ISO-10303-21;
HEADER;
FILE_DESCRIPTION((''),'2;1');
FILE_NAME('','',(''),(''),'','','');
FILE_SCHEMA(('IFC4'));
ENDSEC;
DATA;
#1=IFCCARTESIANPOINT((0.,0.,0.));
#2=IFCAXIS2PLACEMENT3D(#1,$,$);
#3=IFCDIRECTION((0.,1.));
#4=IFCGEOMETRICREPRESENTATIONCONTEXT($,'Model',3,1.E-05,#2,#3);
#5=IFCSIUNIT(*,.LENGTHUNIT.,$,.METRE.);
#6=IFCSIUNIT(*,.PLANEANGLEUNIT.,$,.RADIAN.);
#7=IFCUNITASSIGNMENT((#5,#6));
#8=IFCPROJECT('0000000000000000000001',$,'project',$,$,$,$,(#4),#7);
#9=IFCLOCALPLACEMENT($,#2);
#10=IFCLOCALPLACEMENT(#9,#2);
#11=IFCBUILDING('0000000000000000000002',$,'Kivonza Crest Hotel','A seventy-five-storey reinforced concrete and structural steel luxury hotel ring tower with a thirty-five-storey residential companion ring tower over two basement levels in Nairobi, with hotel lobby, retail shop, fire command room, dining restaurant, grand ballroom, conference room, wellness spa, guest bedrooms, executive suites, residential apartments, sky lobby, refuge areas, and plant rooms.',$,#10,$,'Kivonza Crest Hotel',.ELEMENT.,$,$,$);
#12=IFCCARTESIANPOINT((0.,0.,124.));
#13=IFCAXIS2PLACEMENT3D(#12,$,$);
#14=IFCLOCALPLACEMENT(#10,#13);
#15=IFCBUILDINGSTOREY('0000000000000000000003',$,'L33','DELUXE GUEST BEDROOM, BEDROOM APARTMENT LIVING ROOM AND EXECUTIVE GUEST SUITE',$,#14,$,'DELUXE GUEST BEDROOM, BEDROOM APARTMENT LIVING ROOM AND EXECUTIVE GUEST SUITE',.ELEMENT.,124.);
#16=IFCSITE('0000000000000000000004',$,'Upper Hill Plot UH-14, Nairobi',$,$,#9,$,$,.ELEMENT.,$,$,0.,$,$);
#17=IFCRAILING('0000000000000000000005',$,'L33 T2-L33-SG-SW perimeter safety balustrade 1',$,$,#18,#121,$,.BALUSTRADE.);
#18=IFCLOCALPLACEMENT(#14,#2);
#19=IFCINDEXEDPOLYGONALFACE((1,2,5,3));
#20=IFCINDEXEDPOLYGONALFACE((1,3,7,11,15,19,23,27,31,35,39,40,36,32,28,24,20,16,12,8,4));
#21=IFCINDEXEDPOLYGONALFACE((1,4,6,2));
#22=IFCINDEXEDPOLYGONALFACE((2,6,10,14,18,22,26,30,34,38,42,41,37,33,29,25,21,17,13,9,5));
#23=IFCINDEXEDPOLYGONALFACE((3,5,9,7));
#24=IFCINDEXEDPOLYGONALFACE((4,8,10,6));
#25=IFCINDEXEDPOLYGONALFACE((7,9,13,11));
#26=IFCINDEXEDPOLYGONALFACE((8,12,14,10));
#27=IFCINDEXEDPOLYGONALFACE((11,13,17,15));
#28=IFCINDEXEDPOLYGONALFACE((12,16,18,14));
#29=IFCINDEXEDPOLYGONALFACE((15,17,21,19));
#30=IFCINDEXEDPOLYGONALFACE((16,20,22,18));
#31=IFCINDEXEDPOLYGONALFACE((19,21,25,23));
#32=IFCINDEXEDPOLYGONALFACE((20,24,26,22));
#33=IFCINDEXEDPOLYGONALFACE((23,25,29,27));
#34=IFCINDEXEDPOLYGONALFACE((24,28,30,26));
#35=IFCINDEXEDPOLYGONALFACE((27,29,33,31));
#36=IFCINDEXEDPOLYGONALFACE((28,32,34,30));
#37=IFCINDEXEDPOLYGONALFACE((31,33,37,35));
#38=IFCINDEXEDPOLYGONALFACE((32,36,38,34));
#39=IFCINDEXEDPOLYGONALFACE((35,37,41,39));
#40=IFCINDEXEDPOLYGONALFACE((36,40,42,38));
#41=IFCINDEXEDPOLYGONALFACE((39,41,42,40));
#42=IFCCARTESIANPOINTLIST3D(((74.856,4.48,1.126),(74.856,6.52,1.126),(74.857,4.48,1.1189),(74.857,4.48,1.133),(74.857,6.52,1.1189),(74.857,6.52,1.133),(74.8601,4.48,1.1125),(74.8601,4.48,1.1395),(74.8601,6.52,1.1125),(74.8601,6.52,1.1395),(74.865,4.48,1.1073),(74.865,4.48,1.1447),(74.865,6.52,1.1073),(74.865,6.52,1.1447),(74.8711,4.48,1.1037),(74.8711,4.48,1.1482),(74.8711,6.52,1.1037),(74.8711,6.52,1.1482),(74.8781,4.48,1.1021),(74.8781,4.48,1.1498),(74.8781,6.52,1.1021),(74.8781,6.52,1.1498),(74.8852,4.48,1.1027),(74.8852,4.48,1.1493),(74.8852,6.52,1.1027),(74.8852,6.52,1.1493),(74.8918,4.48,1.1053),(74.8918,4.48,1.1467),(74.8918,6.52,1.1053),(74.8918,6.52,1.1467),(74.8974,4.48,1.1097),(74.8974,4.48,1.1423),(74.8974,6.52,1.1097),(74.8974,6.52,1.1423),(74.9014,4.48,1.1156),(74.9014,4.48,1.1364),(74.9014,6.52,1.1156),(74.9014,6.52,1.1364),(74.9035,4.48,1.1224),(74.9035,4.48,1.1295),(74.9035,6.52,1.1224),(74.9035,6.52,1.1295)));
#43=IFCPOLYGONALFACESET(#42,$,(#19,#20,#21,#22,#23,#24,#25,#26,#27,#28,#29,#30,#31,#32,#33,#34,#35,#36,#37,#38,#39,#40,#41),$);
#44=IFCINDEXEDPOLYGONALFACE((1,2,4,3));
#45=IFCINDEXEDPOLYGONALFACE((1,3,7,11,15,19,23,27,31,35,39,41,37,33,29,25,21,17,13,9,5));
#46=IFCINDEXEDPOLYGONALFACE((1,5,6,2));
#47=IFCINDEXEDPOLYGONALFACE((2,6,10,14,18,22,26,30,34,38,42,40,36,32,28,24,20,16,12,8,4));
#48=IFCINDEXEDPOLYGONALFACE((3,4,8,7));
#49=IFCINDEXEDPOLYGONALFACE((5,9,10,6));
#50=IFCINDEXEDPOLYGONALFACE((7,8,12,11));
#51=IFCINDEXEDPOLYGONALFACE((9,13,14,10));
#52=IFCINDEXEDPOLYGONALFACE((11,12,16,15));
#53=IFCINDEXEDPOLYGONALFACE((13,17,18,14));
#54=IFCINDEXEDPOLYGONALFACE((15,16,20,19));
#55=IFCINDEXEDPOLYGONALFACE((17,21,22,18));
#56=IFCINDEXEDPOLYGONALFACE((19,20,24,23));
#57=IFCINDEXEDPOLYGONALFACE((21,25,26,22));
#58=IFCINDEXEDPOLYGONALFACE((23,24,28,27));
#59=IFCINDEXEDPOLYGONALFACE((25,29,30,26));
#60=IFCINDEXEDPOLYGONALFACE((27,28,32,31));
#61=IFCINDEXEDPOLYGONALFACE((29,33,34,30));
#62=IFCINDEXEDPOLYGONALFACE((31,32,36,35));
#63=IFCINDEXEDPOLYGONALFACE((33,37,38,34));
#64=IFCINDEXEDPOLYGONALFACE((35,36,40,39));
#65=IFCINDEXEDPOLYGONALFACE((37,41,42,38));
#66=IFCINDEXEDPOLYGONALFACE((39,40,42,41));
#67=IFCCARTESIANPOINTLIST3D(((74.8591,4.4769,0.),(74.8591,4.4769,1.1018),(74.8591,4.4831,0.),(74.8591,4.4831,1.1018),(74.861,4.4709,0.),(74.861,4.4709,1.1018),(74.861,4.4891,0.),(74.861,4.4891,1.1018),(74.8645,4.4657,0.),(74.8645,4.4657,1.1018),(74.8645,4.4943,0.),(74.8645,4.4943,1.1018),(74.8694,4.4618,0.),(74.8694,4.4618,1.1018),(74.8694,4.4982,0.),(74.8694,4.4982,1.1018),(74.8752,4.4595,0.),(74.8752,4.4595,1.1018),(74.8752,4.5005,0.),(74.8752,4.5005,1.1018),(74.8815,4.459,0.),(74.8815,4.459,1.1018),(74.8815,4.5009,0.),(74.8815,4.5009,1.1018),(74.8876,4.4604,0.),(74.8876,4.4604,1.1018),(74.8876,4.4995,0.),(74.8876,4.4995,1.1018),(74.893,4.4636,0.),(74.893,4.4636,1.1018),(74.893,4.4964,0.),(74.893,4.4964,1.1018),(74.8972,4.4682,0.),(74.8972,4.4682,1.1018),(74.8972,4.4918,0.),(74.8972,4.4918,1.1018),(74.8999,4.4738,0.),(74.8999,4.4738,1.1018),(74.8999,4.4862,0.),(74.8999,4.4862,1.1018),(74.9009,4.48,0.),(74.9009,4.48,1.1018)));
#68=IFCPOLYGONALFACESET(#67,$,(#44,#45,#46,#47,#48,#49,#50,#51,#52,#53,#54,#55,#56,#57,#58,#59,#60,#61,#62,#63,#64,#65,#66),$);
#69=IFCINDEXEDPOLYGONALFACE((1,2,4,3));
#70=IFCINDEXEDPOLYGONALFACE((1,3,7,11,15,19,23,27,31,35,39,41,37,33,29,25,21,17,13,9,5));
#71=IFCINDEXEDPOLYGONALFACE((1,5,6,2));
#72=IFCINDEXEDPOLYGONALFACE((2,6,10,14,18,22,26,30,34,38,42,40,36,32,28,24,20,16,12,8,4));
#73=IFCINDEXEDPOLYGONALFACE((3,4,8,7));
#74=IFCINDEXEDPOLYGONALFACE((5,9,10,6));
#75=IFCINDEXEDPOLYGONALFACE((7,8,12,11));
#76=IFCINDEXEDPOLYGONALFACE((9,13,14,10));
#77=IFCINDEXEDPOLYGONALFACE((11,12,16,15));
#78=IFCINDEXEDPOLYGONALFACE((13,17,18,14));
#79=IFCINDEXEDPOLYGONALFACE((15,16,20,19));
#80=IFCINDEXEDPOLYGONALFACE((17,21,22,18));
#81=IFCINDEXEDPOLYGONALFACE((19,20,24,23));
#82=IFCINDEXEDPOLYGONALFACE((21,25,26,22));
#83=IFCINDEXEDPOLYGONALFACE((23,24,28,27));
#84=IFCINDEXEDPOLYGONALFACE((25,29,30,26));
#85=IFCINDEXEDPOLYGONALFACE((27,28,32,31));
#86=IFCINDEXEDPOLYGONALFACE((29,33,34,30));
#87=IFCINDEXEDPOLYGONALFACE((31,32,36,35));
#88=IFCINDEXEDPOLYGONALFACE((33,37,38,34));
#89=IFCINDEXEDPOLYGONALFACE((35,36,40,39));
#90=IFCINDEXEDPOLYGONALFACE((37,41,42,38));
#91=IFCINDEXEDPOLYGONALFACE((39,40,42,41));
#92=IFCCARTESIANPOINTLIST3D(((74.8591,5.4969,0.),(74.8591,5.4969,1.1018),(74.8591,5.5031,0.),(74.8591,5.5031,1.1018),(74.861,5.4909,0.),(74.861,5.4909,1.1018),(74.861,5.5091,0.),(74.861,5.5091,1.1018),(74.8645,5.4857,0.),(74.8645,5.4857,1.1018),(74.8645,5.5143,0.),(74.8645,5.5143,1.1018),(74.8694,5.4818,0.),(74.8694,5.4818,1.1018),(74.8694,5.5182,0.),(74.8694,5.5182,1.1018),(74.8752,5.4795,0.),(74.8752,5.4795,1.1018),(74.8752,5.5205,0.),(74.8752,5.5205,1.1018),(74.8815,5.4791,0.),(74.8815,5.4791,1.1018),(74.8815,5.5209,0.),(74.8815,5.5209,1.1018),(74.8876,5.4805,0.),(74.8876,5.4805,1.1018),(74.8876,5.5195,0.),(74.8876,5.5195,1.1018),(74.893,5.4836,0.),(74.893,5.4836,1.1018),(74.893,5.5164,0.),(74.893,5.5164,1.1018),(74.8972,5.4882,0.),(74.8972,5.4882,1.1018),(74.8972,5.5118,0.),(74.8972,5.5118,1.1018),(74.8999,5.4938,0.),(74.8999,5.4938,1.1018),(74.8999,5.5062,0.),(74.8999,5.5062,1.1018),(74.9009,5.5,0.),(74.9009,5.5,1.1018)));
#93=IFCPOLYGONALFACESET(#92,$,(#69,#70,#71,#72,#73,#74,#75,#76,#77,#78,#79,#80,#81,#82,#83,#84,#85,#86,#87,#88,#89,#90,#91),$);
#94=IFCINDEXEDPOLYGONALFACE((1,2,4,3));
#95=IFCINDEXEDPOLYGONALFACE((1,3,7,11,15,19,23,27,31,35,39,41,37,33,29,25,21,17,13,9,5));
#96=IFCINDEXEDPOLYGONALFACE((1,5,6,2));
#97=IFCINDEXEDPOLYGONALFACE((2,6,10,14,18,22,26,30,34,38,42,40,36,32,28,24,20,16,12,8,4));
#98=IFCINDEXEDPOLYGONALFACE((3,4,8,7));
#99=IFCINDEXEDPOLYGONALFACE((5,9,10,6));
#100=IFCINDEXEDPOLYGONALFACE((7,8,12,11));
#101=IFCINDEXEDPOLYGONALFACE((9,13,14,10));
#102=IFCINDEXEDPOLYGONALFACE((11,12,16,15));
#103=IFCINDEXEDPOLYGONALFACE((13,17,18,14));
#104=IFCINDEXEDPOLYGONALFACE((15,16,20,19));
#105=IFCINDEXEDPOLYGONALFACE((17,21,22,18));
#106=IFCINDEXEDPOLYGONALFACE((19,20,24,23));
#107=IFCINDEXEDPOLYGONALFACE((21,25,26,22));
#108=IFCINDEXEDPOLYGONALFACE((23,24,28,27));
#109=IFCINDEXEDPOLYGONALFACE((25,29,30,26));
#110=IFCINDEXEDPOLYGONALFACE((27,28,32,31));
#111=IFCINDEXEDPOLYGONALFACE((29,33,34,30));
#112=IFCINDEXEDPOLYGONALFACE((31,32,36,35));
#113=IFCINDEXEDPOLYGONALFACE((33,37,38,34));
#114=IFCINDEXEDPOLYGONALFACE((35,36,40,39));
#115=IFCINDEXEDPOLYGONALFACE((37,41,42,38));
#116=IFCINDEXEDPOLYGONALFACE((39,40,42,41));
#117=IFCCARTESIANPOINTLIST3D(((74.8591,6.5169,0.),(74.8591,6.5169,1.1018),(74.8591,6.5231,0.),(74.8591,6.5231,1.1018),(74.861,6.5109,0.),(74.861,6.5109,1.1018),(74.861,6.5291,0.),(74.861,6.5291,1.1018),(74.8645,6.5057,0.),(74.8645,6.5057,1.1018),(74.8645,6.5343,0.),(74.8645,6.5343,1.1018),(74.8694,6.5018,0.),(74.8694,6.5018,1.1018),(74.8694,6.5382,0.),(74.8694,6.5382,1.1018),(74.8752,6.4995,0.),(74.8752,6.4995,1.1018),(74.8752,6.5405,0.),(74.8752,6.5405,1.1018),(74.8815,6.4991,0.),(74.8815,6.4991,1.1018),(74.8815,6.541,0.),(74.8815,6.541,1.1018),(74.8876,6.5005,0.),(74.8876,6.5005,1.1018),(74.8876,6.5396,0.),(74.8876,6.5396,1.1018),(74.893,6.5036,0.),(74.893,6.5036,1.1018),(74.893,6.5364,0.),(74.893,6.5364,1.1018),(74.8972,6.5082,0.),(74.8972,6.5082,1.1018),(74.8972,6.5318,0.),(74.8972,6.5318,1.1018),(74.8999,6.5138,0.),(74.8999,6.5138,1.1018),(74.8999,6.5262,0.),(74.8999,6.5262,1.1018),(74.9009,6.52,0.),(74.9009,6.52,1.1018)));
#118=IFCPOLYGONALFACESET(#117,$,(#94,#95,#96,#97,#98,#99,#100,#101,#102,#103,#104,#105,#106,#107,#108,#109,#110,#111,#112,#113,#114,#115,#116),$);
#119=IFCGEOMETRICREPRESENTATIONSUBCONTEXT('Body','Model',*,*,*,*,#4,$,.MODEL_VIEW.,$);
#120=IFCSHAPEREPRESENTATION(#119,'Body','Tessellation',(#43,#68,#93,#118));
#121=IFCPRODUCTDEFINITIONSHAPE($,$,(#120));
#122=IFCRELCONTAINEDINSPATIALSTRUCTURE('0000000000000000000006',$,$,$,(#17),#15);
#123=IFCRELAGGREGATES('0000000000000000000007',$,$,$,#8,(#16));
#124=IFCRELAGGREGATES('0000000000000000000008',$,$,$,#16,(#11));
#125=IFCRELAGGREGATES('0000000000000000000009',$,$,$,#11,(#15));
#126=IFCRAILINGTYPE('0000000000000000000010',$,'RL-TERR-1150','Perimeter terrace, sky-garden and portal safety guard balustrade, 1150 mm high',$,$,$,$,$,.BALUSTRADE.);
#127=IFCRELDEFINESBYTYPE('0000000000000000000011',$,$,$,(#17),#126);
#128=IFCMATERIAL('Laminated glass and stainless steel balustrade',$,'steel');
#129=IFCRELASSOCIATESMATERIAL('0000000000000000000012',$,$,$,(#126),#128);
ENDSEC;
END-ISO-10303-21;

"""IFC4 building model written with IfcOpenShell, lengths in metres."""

from ifc_helpers import new_model, si_unit, direction, frame, origin, origin_2d, place, context, subcontext, project, spatial, circle, extrude, material, type_object, element, save


model = new_model("IFC4")

# Units and contexts
model_context = context("Model", 3, precision=1e-05, world=origin(), true_north=direction((0.0, 1.0)))
body_context = subcontext(model_context, "Body", "Model", "MODEL_VIEW")
ifc_project = project(units=[si_unit("LENGTHUNIT", "METRE"), si_unit("PLANEANGLEUNIT", "RADIAN")], contexts=[model_context])

# Site, building, storey
site_placement = place(None, origin())
site = spatial("IfcSite", under=ifc_project, at=site_placement, Name="Upper Hill Plot UH-14, Nairobi", CompositionType="ELEMENT", RefElevation=0.0)
building_placement = place(site_placement, origin())
building = spatial("IfcBuilding", under=site, at=building_placement, Name="Kivonza Crest Hotel", Description="A seventy-five-storey reinforced concrete and structural steel luxury hotel ring tower with a thirty-five-storey residential companion ring tower over two basement levels in Nairobi, with hotel lobby, retail shop, fire command room, dining restaurant, grand ballroom, conference room, wellness spa, guest bedrooms, executive suites, residential apartments, sky lobby, refuge areas, and plant rooms.", LongName="Kivonza Crest Hotel", CompositionType="ELEMENT")
storey_placement = place(building_placement, frame((0.0, 0.0, 124.0)))
storey = spatial("IfcBuildingStorey", under=building, at=storey_placement, Name="L33", Description="DELUXE GUEST BEDROOM, BEDROOM APARTMENT LIVING ROOM AND EXECUTIVE GUEST SUITE", LongName="DELUXE GUEST BEDROOM, BEDROOM APARTMENT LIVING ROOM AND EXECUTIVE GUEST SUITE", CompositionType="ELEMENT", Elevation=124.0)

# Railing
ifc_material_1 = material(Name="Laminated glass and stainless steel balustrade", Category="steel")
railing_type = type_object("IfcRailingType", Name="RL-TERR-1150", Description="Perimeter terrace, sky-garden and portal safety guard balustrade, 1150 mm high", PredefinedType="BALUSTRADE", material=ifc_material_1)
railing_1_placement = place(storey_placement, frame((74.8799, 4.48, 0.0)))
element("IfcRailing", 1, at=railing_1_placement, inside=storey, type_object=railing_type, Name="L33 T2-L33-SG-SW perimeter safety balustrade 1", PredefinedType="BALUSTRADE", context=body_context, shape_type="SweptSolid", body=[
    extrude(circle(Radius=0.0239, at=origin_2d()), frame((0.0, 0.0, 1.126), z_axis=(0.0, 1.0, 0.0), x_axis=(-1.0, 0.0, 0.0)), (0.0, 0.0, 1.0), 2.04),
    extrude(circle(Radius=0.021, at=origin_2d()), origin(), (0.0, 0.0, 1.0), 1.1018),
    extrude(circle(Radius=0.021, at=origin_2d()), frame((0.0, 1.02, 0.0)), (0.0, 0.0, 1.0), 1.1018),
    extrude(circle(Radius=0.021, at=origin_2d()), frame((0.0, 2.04, 0.0)), (0.0, 0.0, 1.0), 1.1018),
])

save(model, "model.ifc")
